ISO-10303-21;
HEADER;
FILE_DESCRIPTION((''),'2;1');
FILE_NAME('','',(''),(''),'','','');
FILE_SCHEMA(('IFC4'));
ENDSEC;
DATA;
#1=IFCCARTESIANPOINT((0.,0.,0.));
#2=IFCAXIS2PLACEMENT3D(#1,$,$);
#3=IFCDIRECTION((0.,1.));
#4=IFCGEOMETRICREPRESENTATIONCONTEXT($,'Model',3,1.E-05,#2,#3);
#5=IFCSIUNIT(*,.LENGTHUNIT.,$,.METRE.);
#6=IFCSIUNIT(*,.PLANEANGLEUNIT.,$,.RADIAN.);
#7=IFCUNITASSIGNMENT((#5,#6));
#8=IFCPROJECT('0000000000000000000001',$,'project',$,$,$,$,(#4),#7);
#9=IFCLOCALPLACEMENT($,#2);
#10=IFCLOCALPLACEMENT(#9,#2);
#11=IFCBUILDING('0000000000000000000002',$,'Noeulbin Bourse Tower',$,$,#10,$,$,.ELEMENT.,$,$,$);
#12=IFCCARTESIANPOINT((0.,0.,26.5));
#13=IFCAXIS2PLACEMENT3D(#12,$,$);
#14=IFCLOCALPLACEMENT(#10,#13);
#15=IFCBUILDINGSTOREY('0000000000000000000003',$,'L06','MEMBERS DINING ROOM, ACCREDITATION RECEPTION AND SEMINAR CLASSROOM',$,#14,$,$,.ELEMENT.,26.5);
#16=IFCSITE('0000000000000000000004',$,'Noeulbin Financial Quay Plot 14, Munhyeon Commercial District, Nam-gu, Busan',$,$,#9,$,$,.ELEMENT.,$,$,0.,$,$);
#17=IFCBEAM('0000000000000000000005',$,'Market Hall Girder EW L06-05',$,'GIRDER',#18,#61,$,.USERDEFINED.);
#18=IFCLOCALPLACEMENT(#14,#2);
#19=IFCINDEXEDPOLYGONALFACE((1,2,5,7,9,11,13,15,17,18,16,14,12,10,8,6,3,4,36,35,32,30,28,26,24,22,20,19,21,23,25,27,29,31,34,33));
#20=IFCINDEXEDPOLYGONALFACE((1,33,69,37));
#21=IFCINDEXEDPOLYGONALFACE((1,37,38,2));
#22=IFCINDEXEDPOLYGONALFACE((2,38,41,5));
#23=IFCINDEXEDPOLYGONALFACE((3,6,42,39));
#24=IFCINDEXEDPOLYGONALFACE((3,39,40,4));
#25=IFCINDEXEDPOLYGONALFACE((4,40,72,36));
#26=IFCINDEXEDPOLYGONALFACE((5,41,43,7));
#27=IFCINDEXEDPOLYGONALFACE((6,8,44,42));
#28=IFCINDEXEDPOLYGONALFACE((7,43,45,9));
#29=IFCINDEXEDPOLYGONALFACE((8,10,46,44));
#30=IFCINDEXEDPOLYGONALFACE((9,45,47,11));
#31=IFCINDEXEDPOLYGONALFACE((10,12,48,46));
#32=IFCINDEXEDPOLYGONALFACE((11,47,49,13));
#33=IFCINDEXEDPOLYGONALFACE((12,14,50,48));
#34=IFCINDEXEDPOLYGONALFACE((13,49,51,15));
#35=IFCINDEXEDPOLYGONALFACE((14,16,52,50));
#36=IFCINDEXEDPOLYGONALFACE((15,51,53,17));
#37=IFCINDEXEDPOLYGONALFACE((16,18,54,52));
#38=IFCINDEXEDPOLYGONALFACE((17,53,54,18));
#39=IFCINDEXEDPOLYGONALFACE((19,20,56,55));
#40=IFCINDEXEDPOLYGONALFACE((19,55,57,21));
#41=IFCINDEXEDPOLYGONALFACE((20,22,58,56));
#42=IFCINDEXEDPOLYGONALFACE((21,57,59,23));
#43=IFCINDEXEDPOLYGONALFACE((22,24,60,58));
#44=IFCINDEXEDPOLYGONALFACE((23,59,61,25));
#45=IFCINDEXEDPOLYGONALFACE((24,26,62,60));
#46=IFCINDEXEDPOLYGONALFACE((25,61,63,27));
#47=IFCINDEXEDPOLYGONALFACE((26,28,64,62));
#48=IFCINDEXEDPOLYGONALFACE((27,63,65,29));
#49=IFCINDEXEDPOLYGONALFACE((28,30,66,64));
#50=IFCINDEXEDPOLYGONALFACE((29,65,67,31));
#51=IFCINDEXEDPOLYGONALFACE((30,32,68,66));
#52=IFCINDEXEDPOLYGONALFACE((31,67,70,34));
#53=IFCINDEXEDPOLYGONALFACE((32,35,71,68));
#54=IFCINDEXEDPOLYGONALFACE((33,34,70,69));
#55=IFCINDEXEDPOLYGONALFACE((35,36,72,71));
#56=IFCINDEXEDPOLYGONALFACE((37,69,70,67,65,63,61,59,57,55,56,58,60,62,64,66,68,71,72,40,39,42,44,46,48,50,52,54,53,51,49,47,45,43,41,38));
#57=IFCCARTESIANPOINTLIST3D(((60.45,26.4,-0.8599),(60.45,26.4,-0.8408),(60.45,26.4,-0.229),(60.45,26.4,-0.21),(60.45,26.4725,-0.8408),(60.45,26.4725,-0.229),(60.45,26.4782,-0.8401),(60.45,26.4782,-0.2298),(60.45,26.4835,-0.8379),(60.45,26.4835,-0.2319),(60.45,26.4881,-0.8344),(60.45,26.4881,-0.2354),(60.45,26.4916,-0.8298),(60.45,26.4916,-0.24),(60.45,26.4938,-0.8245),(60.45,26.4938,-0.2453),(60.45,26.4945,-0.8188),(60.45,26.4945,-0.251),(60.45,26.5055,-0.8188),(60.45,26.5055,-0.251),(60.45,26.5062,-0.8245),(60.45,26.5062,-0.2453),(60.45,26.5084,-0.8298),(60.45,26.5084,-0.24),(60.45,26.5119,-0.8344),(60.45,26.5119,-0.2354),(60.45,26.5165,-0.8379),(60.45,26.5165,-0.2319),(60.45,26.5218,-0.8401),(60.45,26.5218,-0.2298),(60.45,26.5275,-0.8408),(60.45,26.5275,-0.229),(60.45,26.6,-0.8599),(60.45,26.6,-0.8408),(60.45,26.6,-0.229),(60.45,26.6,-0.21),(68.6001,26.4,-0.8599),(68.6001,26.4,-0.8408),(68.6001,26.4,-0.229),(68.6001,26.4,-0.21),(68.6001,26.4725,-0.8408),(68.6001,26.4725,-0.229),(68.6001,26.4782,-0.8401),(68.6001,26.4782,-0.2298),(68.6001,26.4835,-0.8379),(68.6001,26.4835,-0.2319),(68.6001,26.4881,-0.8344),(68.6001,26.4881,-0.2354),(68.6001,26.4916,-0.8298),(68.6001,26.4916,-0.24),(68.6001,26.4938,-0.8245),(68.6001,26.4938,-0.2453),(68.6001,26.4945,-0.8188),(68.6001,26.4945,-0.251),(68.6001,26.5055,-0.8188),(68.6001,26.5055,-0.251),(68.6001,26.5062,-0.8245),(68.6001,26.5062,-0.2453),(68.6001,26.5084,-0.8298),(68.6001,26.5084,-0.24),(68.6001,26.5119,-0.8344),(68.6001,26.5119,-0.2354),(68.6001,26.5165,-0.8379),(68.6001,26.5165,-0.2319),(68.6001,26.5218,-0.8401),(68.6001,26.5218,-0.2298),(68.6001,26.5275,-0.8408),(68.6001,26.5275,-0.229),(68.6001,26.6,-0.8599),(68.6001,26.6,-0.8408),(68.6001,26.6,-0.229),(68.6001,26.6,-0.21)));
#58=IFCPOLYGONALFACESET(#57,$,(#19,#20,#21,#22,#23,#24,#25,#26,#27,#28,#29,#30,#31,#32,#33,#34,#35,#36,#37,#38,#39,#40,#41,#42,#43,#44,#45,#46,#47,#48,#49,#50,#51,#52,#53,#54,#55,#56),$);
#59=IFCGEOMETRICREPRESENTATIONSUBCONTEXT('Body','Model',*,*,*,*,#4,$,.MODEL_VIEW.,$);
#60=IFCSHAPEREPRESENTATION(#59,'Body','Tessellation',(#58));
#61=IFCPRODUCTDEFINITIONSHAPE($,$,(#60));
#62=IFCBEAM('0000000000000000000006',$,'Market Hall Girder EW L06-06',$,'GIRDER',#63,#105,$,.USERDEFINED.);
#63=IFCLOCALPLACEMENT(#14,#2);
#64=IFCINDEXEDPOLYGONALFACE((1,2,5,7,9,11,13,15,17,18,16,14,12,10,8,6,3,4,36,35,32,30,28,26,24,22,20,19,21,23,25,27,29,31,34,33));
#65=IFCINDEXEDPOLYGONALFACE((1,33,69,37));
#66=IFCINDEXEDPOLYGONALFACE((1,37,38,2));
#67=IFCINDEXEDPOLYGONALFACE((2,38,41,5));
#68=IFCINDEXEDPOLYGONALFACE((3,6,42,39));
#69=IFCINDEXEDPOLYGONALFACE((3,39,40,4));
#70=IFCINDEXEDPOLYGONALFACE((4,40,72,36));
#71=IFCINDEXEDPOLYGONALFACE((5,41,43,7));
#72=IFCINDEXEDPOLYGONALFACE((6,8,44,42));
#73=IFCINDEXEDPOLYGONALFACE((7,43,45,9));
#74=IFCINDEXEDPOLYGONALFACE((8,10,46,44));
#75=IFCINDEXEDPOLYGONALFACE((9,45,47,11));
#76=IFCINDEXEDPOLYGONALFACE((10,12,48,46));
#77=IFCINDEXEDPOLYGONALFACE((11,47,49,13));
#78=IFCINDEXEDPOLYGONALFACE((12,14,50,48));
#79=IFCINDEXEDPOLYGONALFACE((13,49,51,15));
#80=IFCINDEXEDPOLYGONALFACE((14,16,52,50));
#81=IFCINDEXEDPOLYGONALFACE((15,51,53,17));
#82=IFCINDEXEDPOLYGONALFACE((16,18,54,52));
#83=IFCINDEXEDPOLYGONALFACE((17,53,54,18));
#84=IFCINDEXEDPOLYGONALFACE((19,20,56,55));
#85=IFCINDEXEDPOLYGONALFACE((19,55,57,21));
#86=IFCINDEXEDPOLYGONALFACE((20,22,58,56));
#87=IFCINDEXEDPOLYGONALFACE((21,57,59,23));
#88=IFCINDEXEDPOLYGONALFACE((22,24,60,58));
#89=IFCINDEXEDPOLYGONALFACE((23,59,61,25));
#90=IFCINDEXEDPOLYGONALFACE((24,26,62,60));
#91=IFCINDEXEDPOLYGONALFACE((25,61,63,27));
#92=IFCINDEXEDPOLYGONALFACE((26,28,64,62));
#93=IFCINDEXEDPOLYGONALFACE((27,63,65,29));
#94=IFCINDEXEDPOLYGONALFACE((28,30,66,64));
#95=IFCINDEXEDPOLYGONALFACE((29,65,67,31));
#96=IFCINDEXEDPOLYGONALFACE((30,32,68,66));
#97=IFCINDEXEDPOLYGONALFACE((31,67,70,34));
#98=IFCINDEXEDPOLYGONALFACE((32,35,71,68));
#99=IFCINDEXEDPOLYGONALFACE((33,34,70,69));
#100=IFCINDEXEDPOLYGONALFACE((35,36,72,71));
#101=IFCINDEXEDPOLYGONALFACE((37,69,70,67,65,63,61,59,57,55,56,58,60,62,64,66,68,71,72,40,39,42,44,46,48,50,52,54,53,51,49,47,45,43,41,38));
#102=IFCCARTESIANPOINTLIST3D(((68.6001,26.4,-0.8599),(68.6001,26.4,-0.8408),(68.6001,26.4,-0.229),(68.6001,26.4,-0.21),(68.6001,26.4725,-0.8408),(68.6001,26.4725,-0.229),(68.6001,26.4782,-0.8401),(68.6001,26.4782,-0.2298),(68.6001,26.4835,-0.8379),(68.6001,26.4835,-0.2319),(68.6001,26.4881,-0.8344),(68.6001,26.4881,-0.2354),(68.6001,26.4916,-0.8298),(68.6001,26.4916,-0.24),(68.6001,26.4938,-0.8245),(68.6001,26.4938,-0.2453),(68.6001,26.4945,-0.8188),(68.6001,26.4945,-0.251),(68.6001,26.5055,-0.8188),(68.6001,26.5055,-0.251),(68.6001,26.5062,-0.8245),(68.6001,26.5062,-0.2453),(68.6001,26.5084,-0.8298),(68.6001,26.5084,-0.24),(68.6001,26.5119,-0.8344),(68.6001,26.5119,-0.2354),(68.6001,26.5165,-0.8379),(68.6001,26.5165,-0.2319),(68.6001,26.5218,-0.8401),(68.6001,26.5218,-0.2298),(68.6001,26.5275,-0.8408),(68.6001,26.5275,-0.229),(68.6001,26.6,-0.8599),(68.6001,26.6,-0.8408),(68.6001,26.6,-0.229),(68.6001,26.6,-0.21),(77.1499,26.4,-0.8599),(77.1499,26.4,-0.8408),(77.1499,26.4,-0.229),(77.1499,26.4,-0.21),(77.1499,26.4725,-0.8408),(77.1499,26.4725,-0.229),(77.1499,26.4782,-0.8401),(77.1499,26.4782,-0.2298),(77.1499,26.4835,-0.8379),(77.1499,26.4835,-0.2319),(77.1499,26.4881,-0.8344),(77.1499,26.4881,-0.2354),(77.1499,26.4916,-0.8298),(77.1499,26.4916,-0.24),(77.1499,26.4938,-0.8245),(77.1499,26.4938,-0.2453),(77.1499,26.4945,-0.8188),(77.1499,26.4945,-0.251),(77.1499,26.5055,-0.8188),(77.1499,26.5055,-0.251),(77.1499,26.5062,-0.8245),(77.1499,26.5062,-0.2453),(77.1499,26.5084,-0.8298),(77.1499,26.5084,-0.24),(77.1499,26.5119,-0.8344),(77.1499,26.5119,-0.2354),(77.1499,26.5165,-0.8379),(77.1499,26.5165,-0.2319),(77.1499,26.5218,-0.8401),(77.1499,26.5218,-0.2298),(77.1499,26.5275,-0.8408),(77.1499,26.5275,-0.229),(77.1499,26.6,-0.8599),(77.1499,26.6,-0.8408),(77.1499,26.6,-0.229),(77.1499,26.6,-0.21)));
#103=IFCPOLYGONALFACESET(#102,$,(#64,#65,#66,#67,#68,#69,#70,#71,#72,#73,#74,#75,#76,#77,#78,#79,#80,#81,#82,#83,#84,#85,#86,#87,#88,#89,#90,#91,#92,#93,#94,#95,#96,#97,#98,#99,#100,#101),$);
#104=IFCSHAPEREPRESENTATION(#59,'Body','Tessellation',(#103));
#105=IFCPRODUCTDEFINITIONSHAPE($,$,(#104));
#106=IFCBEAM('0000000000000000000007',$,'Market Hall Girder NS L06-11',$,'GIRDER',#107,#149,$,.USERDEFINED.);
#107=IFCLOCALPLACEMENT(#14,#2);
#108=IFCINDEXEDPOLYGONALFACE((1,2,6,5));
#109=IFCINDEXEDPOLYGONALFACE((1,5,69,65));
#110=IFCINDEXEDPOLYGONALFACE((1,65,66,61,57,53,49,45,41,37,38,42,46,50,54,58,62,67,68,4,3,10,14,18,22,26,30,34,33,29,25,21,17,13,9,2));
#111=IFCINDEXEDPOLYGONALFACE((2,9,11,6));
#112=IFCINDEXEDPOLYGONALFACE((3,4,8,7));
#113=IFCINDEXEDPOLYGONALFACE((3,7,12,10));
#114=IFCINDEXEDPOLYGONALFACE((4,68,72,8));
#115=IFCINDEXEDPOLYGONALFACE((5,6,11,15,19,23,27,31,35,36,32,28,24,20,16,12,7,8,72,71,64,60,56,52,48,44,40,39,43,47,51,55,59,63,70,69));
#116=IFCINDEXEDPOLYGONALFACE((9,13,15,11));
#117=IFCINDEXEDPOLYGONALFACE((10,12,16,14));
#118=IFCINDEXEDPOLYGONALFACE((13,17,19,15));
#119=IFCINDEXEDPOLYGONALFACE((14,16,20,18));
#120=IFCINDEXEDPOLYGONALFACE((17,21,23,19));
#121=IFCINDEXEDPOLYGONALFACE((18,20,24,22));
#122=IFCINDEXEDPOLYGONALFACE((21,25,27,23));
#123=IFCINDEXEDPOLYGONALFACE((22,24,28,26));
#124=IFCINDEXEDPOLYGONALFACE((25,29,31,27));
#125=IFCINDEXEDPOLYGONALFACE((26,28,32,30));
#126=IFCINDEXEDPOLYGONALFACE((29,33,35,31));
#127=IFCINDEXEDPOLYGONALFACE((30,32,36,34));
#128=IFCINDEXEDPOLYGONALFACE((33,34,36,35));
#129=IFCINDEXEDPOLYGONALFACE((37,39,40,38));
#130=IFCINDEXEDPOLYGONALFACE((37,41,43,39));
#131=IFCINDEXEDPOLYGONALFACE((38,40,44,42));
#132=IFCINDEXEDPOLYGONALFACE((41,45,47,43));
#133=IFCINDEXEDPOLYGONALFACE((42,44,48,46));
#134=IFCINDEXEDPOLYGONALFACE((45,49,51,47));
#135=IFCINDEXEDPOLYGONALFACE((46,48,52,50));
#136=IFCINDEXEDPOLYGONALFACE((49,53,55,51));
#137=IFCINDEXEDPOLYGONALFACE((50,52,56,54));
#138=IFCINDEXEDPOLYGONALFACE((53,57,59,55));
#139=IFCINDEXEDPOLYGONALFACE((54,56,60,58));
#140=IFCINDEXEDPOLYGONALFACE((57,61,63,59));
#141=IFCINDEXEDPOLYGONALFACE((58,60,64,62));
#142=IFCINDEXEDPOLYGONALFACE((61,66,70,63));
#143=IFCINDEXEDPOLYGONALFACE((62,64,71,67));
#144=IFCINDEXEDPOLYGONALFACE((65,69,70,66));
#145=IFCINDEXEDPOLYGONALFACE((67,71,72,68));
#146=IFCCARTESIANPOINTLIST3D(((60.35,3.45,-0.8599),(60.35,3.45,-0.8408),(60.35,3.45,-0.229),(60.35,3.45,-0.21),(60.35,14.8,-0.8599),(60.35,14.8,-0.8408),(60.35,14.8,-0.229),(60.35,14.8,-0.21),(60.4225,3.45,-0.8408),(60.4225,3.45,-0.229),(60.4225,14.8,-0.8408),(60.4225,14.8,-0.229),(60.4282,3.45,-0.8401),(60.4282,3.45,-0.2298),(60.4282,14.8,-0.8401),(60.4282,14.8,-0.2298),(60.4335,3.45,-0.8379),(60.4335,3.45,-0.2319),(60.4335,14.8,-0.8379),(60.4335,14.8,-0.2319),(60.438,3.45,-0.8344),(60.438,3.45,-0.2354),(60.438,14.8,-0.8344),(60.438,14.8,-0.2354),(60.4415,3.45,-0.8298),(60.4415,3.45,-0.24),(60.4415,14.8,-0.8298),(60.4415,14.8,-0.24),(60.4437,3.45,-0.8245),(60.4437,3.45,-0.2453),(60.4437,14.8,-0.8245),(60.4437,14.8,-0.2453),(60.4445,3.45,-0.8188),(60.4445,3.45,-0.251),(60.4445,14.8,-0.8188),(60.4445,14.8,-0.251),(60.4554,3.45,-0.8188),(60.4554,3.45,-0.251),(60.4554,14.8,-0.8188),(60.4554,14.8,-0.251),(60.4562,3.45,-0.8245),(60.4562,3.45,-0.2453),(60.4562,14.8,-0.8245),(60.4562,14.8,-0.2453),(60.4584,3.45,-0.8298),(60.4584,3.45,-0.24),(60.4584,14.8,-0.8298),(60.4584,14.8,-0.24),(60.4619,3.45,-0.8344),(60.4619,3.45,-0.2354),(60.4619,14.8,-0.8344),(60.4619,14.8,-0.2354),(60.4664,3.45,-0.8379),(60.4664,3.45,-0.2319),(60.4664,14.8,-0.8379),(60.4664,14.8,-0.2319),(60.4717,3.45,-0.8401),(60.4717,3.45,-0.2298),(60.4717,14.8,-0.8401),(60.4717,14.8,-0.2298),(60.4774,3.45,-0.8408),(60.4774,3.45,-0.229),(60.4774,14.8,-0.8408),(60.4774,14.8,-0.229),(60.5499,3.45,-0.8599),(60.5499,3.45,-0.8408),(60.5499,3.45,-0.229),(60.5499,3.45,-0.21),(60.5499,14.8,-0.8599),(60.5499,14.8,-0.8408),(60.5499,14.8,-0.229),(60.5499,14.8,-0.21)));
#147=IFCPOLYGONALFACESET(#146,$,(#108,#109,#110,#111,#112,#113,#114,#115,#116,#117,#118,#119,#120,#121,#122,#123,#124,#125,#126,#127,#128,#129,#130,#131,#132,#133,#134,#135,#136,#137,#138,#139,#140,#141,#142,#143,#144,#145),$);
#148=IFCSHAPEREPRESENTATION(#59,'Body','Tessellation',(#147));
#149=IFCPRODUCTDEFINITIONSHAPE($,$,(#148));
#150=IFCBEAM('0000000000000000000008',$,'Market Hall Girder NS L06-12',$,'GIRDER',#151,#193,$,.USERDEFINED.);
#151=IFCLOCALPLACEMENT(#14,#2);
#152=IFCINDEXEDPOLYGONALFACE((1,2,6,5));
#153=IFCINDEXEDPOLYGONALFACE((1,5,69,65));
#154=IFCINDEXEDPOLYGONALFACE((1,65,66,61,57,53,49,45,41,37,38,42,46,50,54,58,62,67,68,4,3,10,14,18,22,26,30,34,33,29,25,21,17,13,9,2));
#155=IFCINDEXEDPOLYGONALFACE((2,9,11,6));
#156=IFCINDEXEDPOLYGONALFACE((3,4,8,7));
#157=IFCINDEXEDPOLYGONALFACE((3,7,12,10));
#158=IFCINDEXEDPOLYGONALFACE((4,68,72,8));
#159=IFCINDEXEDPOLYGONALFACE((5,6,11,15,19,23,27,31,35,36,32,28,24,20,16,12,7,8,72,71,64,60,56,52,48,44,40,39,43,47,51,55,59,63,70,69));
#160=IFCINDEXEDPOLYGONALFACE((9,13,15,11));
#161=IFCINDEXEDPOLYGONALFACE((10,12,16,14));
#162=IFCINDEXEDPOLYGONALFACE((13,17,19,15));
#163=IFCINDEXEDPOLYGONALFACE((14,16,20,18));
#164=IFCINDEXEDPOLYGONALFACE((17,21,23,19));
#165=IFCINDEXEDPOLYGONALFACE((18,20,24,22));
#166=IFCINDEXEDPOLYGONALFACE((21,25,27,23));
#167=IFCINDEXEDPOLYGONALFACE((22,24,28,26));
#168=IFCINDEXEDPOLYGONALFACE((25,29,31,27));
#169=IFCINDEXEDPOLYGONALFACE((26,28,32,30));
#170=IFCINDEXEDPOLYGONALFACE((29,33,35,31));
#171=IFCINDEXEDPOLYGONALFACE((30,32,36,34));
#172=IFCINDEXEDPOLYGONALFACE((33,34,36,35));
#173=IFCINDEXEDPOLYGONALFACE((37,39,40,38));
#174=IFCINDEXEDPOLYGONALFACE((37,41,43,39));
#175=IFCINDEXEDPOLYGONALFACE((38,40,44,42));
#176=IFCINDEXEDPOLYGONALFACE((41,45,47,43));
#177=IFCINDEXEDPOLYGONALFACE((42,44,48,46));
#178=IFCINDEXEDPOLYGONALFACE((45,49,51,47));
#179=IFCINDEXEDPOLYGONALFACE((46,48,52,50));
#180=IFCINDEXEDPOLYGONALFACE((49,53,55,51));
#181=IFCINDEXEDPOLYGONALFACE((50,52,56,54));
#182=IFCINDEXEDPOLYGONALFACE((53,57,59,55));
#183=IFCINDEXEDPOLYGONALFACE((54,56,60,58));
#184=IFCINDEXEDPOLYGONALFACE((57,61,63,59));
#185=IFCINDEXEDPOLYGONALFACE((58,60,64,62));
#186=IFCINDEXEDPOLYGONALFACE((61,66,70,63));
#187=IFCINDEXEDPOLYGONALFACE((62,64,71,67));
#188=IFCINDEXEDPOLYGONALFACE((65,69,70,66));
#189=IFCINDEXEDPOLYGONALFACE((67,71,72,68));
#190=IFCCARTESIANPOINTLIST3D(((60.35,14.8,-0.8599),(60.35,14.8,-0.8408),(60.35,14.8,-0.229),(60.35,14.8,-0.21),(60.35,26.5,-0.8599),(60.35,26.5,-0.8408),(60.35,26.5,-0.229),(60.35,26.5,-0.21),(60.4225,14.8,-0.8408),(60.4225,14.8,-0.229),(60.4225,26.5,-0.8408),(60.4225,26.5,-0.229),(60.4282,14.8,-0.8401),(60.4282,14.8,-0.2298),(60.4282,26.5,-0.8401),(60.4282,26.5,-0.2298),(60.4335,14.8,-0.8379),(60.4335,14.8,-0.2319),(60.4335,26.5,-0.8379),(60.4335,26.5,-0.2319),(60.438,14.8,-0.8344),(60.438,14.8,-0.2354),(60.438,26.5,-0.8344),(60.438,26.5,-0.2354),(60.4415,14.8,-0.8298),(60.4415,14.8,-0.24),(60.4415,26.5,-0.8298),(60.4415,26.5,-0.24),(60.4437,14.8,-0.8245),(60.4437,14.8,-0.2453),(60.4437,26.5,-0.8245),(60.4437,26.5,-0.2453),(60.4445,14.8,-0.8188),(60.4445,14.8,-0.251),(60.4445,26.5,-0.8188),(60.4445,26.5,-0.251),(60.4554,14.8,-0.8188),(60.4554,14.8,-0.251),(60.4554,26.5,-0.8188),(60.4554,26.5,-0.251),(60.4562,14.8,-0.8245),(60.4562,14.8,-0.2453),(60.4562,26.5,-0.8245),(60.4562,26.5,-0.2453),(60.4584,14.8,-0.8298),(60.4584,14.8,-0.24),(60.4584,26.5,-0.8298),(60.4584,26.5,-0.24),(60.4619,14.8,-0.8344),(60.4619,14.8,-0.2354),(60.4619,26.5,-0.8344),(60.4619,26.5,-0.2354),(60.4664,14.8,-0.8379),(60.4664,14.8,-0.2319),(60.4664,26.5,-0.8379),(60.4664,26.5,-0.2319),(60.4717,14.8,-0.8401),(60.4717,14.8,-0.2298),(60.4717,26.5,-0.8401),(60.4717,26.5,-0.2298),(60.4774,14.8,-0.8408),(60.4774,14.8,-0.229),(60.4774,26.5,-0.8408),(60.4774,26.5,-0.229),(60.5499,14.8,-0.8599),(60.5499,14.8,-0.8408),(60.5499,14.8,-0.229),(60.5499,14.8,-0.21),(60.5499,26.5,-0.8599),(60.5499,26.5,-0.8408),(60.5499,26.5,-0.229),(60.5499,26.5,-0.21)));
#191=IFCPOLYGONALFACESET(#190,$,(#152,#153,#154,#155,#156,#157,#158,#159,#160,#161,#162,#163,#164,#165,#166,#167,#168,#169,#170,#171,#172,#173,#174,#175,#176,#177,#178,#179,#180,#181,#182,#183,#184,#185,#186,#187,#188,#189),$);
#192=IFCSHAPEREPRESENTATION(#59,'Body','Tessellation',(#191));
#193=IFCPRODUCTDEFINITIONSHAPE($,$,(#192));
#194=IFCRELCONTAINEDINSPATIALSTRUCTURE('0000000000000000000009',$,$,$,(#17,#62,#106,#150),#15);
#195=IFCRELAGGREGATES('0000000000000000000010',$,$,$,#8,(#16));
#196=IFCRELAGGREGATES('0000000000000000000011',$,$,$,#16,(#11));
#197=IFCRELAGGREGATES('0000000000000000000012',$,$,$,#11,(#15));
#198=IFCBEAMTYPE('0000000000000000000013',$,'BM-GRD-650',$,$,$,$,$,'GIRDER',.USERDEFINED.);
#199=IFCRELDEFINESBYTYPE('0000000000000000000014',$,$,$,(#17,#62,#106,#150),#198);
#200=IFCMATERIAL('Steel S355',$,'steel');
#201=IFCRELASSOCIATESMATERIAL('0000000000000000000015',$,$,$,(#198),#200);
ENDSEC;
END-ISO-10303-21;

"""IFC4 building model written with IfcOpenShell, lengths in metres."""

from ifc_helpers import new_model, si_unit, direction, frame, origin, origin_2d, place, context, subcontext, project, spatial, i_section, extrude, material, material_profile, profile_set, type_object, element, save


model = new_model("IFC4")

# Units and contexts
model_context = context("Model", 3, precision=1e-05, world=origin(), true_north=direction((0.0, 1.0)))
body_context = subcontext(model_context, "Body", "Model", "MODEL_VIEW")
ifc_project = project(units=[si_unit("LENGTHUNIT", "METRE"), si_unit("PLANEANGLEUNIT", "RADIAN")], contexts=[model_context])

# Site, building, storey
site_placement = place(None, origin())
site = spatial("IfcSite", under=ifc_project, at=site_placement, Name="Noeulbin Financial Quay Plot 14, Munhyeon Commercial District, Nam-gu, Busan", CompositionType="ELEMENT", RefElevation=0.0)
building_placement = place(site_placement, origin())
building = spatial("IfcBuilding", under=site, at=building_placement, Name="Noeulbin Bourse Tower", CompositionType="ELEMENT")
storey_placement = place(building_placement, frame((0.0, 0.0, 26.5)))
storey = spatial("IfcBuildingStorey", under=building, at=storey_placement, Name="L06", Description="MEMBERS DINING ROOM, ACCREDITATION RECEPTION AND SEMINAR CLASSROOM", CompositionType="ELEMENT", Elevation=26.5)

# Beams
ifc_material_1 = material(Name="Steel S355", Category="steel")
ifc_material_profile_1 = material_profile(ifc_material_1, i_section(OverallWidth=0.2, OverallDepth=0.6499, WebThickness=0.011, FlangeThickness=0.019, FilletRadius=0.022, at=origin_2d()), Name="H-650x200x11x19", Category="LoadBearing")
ifc_profile_set_1 = profile_set([ifc_material_profile_1], Name="Steel S355")
beam_type_1 = type_object("IfcBeamType", Name="BM-GRD-650", ElementType="GIRDER", PredefinedType="USERDEFINED", material=ifc_profile_set_1)
beam_1_placement = place(storey_placement, frame((60.45, 26.5, -0.5349), z_axis=(1.0, 0.0, 0.0), x_axis=(0.0, 1.0, 0.0)))
element("IfcBeam", 1, at=beam_1_placement, inside=storey, type_object=beam_type_1, Name="Market Hall Girder EW L06-05", ObjectType="GIRDER", PredefinedType="USERDEFINED", context=body_context, shape_type="SweptSolid", body=[
    extrude(i_section(OverallWidth=0.2, OverallDepth=0.6499, WebThickness=0.011, FlangeThickness=0.019, FilletRadius=0.022, at=origin_2d()), origin(), (0.0, 0.0, 1.0), 8.1501),
])
beam_2_placement = place(storey_placement, frame((68.6001, 26.5, -0.5349), z_axis=(1.0, 0.0, 0.0), x_axis=(0.0, 1.0, 0.0)))
element("IfcBeam", 2, at=beam_2_placement, inside=storey, type_object=beam_type_1, Name="Market Hall Girder EW L06-06", ObjectType="GIRDER", PredefinedType="USERDEFINED", context=body_context, shape_type="SweptSolid", body=[
    extrude(i_section(OverallWidth=0.2, OverallDepth=0.6499, WebThickness=0.011, FlangeThickness=0.019, FilletRadius=0.022, at=origin_2d()), origin(), (0.0, 0.0, 1.0), 8.5498),
])
beam_3_placement = place(storey_placement, frame((60.45, 3.45, -0.5349), z_axis=(0.0, 1.0, 0.0), x_axis=(-1.0, 0.0, 0.0)))
element("IfcBeam", 3, at=beam_3_placement, inside=storey, type_object=beam_type_1, Name="Market Hall Girder NS L06-11", ObjectType="GIRDER", PredefinedType="USERDEFINED", context=body_context, shape_type="SweptSolid", body=[
    extrude(i_section(OverallWidth=0.2, OverallDepth=0.6499, WebThickness=0.011, FlangeThickness=0.019, FilletRadius=0.022, at=origin_2d()), origin(), (0.0, 0.0, 1.0), 11.3501),
])
beam_4_placement = place(storey_placement, frame((60.45, 14.8, -0.5349), z_axis=(0.0, 1.0, 0.0), x_axis=(-1.0, 0.0, 0.0)))
element("IfcBeam", 4, at=beam_4_placement, inside=storey, type_object=beam_type_1, Name="Market Hall Girder NS L06-12", ObjectType="GIRDER", PredefinedType="USERDEFINED", context=body_context, shape_type="SweptSolid", body=[
    extrude(i_section(OverallWidth=0.2, OverallDepth=0.6499, WebThickness=0.011, FlangeThickness=0.019, FilletRadius=0.022, at=origin_2d()), origin(), (0.0, 0.0, 1.0), 11.7),
])

save(model, "model.ifc")
